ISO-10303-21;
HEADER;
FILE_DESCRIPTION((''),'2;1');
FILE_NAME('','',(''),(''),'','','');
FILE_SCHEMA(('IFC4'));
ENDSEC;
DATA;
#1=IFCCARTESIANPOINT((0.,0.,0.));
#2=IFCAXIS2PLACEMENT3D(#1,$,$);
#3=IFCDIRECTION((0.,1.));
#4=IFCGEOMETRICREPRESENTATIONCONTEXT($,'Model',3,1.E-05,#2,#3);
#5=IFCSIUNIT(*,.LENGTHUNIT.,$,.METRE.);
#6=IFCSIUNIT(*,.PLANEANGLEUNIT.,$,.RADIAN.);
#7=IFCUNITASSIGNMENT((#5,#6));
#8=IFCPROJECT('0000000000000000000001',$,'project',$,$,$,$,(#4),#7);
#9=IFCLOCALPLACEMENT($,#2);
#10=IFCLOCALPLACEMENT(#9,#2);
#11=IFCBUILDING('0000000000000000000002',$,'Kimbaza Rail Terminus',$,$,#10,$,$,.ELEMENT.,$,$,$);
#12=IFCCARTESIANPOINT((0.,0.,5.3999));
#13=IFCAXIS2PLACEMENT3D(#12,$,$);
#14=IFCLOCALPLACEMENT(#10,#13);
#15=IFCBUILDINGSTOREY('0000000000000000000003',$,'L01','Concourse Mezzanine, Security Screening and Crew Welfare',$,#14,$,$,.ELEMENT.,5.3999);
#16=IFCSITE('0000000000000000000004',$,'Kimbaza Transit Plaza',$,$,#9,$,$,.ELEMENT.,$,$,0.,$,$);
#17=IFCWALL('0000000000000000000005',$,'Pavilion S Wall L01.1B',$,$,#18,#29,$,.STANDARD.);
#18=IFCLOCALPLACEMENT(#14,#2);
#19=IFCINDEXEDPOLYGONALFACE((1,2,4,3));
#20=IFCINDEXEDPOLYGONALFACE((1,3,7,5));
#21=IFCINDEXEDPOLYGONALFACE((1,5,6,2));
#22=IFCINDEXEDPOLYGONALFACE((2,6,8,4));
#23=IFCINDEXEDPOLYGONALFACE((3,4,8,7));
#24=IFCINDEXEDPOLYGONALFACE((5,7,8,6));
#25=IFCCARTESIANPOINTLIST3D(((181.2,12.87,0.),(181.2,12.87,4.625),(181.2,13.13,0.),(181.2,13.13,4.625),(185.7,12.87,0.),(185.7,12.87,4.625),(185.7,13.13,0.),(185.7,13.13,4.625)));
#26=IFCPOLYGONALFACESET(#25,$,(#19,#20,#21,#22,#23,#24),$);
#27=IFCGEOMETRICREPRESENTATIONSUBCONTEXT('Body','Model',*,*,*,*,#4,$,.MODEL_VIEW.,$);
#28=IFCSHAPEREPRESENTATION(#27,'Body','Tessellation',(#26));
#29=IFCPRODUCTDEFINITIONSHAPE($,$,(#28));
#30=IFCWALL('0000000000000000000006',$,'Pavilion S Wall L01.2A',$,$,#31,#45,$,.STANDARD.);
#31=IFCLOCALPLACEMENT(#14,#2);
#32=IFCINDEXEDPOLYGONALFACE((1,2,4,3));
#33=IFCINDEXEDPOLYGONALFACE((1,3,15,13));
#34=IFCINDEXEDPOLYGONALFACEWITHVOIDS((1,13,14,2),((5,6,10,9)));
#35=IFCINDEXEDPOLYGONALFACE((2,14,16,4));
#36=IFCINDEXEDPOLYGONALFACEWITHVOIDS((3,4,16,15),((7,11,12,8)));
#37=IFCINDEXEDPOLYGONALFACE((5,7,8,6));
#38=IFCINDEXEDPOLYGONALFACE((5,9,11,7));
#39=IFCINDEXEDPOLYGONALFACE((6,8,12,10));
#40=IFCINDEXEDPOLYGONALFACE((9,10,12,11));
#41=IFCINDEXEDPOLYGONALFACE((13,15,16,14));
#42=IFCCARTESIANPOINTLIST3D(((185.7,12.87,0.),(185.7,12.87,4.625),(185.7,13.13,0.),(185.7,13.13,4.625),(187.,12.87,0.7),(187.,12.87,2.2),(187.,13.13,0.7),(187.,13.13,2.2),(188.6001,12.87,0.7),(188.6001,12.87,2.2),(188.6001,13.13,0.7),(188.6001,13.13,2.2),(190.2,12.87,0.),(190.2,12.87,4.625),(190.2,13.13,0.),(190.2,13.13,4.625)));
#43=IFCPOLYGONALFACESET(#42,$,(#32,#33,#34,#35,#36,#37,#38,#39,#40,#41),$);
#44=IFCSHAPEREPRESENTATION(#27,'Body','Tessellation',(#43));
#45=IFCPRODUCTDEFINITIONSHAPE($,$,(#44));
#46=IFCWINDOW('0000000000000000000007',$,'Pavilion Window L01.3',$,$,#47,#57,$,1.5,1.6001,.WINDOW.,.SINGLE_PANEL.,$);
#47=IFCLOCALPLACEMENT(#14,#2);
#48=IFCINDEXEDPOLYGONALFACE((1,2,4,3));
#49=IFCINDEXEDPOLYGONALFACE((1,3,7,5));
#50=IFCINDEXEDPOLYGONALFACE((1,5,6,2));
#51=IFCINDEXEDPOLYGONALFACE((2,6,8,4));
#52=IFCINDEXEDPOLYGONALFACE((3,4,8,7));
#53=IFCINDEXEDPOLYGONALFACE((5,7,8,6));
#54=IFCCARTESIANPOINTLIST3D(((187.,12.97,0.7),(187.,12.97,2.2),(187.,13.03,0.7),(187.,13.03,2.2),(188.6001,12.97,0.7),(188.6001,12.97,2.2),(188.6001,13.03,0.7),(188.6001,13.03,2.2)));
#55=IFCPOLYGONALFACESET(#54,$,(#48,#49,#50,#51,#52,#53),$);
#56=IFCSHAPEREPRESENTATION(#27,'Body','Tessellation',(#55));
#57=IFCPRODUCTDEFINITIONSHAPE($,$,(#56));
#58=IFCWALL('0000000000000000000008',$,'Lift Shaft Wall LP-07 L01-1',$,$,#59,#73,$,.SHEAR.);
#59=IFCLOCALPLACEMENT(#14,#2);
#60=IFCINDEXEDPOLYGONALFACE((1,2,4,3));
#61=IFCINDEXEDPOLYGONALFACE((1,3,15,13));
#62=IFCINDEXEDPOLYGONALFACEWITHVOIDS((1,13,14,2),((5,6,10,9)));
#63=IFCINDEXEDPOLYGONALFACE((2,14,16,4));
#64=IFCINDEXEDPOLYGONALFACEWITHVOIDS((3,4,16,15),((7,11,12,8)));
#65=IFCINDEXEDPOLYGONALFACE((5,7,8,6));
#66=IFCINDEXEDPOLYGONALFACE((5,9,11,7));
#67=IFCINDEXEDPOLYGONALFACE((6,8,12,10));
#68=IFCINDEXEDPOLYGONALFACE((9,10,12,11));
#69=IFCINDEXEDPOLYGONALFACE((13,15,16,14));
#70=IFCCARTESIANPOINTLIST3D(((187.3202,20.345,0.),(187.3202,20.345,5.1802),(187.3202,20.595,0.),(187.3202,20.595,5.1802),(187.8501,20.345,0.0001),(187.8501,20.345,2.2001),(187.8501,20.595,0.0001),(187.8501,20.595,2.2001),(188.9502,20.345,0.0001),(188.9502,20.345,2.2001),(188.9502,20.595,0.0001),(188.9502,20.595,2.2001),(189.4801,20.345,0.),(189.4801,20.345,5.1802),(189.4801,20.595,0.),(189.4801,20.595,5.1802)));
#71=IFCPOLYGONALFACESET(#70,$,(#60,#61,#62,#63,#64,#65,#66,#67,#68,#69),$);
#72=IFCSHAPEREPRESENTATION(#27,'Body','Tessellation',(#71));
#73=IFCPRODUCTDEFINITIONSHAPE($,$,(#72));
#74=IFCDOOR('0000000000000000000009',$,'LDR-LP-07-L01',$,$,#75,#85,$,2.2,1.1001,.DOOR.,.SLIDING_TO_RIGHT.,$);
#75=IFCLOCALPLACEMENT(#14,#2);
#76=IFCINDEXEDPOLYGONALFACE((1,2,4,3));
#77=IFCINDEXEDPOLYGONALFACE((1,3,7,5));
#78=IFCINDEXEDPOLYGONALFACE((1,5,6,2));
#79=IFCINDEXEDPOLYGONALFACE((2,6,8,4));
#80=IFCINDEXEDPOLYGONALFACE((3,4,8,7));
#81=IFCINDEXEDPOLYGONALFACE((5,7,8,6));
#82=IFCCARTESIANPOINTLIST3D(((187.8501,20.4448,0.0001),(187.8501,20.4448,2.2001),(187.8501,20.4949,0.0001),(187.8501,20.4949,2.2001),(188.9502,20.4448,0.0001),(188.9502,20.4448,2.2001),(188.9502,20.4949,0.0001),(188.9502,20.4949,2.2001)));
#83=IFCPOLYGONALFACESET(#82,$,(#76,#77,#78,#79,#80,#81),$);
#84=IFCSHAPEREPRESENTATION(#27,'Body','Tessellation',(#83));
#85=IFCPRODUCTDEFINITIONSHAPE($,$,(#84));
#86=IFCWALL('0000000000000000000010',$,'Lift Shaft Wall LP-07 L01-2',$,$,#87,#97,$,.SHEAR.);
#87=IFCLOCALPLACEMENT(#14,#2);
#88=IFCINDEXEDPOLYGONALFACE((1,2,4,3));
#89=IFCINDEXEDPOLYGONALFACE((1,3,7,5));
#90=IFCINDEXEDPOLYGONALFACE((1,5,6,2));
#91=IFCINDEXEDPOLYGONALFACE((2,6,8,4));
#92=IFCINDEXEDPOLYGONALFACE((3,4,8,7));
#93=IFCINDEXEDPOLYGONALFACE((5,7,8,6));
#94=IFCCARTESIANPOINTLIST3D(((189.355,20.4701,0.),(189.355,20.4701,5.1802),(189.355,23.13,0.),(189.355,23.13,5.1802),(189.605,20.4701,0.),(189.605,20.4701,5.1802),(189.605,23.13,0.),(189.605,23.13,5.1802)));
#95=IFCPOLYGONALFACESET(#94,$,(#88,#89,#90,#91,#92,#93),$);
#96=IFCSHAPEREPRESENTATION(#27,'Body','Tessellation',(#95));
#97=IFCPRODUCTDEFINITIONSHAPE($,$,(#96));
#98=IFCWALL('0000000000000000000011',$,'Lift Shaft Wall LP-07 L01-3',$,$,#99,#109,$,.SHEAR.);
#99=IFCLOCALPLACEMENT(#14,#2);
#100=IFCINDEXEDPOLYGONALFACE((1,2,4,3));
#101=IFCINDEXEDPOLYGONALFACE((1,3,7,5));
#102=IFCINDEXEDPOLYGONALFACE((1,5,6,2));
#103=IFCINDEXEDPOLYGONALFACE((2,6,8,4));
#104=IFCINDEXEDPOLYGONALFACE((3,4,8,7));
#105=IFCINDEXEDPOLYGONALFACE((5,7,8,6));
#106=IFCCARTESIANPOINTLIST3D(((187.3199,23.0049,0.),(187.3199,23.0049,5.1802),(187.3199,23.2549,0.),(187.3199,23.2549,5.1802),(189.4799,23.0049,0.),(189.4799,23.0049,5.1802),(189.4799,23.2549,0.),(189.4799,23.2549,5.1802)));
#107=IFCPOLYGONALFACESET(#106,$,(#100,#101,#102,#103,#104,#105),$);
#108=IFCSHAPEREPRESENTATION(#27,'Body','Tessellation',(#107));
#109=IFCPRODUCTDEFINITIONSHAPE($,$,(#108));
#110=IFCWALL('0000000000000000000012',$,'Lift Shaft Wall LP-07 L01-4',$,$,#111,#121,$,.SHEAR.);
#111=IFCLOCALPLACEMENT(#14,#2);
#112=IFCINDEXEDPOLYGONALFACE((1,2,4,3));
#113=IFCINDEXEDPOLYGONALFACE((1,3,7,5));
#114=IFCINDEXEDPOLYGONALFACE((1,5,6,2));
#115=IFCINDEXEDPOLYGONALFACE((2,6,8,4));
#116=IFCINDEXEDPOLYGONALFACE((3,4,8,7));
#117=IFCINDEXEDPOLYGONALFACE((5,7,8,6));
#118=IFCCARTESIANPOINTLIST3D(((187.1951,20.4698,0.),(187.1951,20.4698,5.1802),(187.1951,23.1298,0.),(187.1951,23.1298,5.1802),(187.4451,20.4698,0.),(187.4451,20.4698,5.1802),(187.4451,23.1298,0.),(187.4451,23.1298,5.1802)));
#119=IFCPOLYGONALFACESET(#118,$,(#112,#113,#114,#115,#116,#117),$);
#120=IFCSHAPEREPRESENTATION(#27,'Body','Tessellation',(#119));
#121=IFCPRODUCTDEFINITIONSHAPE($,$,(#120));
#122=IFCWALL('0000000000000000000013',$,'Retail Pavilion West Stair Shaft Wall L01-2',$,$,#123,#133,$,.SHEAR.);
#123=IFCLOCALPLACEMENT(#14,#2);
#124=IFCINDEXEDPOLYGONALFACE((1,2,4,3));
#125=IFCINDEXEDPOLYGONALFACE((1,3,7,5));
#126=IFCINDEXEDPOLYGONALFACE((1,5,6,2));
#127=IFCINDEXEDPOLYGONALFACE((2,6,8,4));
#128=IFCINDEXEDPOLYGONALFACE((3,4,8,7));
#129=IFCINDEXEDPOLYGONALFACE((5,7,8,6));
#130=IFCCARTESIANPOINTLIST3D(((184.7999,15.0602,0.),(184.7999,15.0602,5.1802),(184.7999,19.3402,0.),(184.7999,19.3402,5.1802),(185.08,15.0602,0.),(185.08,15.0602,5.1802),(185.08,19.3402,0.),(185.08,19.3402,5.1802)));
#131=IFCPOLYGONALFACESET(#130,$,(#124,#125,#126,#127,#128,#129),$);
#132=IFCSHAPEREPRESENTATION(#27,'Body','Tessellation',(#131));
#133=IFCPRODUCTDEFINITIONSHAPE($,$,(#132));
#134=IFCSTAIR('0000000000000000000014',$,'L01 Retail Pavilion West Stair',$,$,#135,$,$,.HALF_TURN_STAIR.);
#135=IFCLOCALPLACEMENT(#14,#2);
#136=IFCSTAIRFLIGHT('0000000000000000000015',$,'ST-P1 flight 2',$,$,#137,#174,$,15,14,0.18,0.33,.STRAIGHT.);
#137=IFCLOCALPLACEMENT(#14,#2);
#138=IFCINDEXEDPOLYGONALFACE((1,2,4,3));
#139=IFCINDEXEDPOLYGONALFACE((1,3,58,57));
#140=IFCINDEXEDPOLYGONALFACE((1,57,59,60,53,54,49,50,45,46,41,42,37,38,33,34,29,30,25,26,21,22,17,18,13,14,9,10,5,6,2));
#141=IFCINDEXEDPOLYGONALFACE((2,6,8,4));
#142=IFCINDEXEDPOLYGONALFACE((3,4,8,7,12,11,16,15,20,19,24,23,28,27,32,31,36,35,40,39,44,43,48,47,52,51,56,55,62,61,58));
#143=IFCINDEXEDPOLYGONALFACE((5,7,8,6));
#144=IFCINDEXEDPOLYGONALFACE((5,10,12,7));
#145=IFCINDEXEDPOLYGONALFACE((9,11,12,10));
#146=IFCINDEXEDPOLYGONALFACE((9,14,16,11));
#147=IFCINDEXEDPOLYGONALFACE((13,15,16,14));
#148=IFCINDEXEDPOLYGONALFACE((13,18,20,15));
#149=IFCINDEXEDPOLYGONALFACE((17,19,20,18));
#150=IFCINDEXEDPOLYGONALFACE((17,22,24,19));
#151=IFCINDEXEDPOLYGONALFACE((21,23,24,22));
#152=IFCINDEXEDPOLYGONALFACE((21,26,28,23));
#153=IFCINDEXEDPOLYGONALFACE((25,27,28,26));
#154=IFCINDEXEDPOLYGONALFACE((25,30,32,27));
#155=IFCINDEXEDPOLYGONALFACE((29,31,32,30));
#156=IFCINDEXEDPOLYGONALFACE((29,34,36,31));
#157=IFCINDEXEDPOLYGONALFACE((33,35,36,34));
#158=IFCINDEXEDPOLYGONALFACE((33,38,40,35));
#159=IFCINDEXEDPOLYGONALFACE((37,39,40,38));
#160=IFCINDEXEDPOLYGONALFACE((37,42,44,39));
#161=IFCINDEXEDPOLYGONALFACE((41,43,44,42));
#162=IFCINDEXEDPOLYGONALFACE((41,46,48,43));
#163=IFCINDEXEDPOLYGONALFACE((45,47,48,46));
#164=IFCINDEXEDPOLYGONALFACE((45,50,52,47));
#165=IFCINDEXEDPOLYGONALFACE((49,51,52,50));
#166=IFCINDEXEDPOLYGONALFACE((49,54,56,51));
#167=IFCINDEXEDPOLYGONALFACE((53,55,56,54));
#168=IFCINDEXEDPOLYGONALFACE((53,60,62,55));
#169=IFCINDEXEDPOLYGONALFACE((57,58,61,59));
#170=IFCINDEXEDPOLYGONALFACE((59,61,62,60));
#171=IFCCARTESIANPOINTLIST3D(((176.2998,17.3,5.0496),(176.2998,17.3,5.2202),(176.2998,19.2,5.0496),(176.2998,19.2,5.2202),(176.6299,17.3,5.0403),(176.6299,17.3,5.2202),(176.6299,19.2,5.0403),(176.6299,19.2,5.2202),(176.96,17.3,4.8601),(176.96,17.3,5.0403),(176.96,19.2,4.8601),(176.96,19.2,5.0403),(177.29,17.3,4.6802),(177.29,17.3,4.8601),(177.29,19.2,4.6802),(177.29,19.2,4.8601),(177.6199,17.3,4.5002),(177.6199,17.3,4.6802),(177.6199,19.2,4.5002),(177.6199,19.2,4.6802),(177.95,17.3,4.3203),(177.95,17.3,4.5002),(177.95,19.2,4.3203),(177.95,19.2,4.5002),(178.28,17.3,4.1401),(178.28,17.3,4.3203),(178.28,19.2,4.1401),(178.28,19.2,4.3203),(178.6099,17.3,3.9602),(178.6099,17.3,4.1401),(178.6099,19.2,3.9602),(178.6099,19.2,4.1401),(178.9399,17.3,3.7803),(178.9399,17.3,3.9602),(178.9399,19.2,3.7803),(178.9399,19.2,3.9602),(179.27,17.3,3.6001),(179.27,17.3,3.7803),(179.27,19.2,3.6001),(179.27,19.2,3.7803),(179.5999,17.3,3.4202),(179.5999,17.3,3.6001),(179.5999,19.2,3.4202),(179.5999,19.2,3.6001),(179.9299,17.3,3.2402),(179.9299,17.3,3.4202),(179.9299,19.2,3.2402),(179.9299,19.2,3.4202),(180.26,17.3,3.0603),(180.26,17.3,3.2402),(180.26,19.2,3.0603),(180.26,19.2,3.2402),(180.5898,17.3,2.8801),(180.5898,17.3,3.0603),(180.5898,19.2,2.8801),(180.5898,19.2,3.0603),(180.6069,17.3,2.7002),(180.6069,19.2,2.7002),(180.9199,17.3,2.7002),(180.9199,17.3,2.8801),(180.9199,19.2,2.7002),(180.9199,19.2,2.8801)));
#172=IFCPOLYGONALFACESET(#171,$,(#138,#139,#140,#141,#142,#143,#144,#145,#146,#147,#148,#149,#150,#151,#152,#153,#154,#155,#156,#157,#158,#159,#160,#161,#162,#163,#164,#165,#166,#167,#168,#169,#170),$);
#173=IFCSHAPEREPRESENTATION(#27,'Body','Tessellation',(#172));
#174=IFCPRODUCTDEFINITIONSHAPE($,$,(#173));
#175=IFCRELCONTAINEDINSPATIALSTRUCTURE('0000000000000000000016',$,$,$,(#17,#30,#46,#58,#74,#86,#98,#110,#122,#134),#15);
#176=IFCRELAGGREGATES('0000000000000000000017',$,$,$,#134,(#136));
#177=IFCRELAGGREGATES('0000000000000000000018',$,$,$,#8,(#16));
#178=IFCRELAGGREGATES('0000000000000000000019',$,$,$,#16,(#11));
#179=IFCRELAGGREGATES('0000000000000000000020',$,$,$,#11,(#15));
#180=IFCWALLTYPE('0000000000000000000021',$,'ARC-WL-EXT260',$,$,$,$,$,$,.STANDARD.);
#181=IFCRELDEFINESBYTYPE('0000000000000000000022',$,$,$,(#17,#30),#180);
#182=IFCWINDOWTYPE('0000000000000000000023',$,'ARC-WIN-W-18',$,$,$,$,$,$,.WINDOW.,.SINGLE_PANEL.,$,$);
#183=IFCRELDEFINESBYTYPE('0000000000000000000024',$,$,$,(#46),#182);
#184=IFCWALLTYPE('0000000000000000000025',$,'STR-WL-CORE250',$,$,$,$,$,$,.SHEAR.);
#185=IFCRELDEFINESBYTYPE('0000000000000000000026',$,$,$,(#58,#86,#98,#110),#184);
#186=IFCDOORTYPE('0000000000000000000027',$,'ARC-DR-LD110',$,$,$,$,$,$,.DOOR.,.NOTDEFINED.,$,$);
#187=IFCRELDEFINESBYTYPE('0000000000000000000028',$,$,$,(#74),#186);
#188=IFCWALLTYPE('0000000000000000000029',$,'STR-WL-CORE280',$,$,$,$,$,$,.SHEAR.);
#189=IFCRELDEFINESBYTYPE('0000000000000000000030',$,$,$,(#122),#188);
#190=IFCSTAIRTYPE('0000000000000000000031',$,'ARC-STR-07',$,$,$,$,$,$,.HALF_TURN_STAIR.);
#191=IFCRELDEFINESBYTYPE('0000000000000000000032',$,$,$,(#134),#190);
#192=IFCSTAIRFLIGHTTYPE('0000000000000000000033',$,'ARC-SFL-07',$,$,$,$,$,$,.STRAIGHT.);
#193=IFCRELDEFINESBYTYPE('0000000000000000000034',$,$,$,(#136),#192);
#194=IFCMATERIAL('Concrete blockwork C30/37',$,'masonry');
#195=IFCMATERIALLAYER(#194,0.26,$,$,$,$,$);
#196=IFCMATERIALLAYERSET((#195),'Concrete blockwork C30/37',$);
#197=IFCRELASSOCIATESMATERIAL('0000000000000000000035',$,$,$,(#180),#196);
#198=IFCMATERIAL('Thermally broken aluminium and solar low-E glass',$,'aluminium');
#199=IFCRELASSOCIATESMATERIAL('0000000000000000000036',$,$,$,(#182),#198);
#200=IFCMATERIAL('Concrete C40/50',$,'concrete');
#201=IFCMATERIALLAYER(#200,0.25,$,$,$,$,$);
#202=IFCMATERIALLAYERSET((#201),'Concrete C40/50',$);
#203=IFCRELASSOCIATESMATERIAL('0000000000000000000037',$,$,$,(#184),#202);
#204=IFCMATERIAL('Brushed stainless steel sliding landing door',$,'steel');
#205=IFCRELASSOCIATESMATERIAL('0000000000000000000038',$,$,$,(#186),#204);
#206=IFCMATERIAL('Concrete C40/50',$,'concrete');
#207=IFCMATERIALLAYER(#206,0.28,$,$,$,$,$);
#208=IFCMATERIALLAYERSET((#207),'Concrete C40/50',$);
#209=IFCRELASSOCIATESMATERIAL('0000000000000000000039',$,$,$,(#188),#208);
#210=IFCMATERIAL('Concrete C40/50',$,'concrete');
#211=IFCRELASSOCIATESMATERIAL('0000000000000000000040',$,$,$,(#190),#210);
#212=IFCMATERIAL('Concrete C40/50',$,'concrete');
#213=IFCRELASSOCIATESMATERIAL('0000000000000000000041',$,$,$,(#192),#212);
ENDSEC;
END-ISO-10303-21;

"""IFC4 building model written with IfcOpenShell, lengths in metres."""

from ifc_helpers import new_model, si_unit, direction, frame, frame_2d, origin, place, context, subcontext, project, spatial, polyline, rectangle, outline, extrude, material, layer, layer_set, type_object, element, fill, aggregate, save


model = new_model("IFC4")

# Units and contexts
model_context = context("Model", 3, precision=1e-05, world=origin(), true_north=direction((0.0, 1.0)))
body_context = subcontext(model_context, "Body", "Model", "MODEL_VIEW")
ifc_project = project(units=[si_unit("LENGTHUNIT", "METRE"), si_unit("PLANEANGLEUNIT", "RADIAN")], contexts=[model_context])

# Site, building, storey
site_placement = place(None, origin())
site = spatial("IfcSite", under=ifc_project, at=site_placement, Name="Kimbaza Transit Plaza", CompositionType="ELEMENT", RefElevation=0.0)
building_placement = place(site_placement, origin())
building = spatial("IfcBuilding", under=site, at=building_placement, Name="Kimbaza Rail Terminus", CompositionType="ELEMENT")
storey_placement = place(building_placement, frame((0.0, 0.0, 5.3999)))
storey = spatial("IfcBuildingStorey", under=building, at=storey_placement, Name="L01", Description="Concourse Mezzanine, Security Screening and Crew Welfare", CompositionType="ELEMENT", Elevation=5.3999)

# Wall
ifc_material_1 = material(Name="Concrete blockwork C30/37", Category="masonry")
ifc_layer_1 = layer(ifc_material_1, 0.26)
ifc_layer_set_1 = layer_set([ifc_layer_1], Name="Concrete blockwork C30/37")
wall_type_1 = type_object("IfcWallType", Name="ARC-WL-EXT260", PredefinedType="STANDARD", material=ifc_layer_set_1)
wall_1_placement = place(storey_placement, frame((181.2, 13.0, 0.0), z_axis=(0.0, 0.0, 1.0), x_axis=(1.0, 0.0, 0.0)))
element("IfcWall", 1, at=wall_1_placement, inside=storey, type_object=wall_type_1, Name="Pavilion S Wall L01.1B", PredefinedType="STANDARD", context=body_context, shape_type="SweptSolid", body=[
    extrude(rectangle(XDim=4.5, YDim=0.26, at=frame_2d((2.25, 0.0))), origin(), (0.0, 0.0, 1.0), 4.625),
])

# Wall, opening, window
wall_2_placement = place(storey_placement, frame((185.7, 13.0, 0.0), z_axis=(0.0, 0.0, 1.0), x_axis=(1.0, 0.0, 0.0)))
wall_2 = element("IfcWall", 2, at=wall_2_placement, inside=storey, type_object=wall_type_1, Name="Pavilion S Wall L01.2A", PredefinedType="STANDARD", context=body_context, shape_type="SweptSolid", body=[
    extrude(rectangle(XDim=4.5, YDim=0.26, at=frame_2d((2.25, 0.0))), origin(), (0.0, 0.0, 1.0), 4.625),
])
opening_1_placement = place(wall_2_placement, frame((1.3, 0.0, 0.7)))
opening_1 = element("IfcOpeningElement", 3, at=opening_1_placement, cuts=wall_2, PredefinedType="OPENING", context=body_context, shape_type="SweptSolid", body=[
    extrude(rectangle(XDim=1.6001, YDim=1.5, at=frame_2d((0.8, 0.75))), frame((0.0, 0.1399, 0.0), z_axis=(0.0, -1.0, 0.0), x_axis=(1.0, 0.0, 0.0)), (0.0, 0.0, 1.0), 0.28),
])
ifc_material_2 = material(Name="Thermally broken aluminium and solar low-E glass", Category="aluminium")
window_type = type_object("IfcWindowType", Name="ARC-WIN-W-18", PartitioningType="SINGLE_PANEL", PredefinedType="WINDOW", material=ifc_material_2)
window_placement = place(opening_1_placement, origin())
window = element("IfcWindow", 4, at=window_placement, inside=storey, type_object=window_type, Name="Pavilion Window L01.3", OverallHeight=1.5, OverallWidth=1.6001, PartitioningType="SINGLE_PANEL", PredefinedType="WINDOW", context=body_context, shape_type="SweptSolid", body=[
    extrude(rectangle(XDim=1.6001, YDim=1.5, at=frame_2d((0.8, 0.75))), frame((0.0, 0.03, 0.0), z_axis=(0.0, -1.0, 0.0), x_axis=(1.0, 0.0, 0.0)), (0.0, 0.0, 1.0), 0.0601),
])
fill(opening_1, window)

# Wall, opening, door
ifc_material_3 = material(Name="Concrete C40/50", Category="concrete")
ifc_layer_2 = layer(ifc_material_3, 0.25)
ifc_layer_set_2 = layer_set([ifc_layer_2], Name="Concrete C40/50")
wall_type_2 = type_object("IfcWallType", Name="STR-WL-CORE250", PredefinedType="SHEAR", material=ifc_layer_set_2)
wall_3_placement = place(storey_placement, frame((187.3201, 20.47, 0.0), z_axis=(0.0, 0.0, 1.0), x_axis=(1.0, 0.0, 0.0)))
wall_3 = element("IfcWall", 5, at=wall_3_placement, inside=storey, type_object=wall_type_2, Name="Lift Shaft Wall LP-07 L01-1", PredefinedType="SHEAR", context=body_context, shape_type="SweptSolid", body=[
    extrude(rectangle(XDim=2.1599, YDim=0.25, at=frame_2d((1.0801, 0.0))), origin(), (0.0, 0.0, 1.0), 5.1802),
])
opening_2_placement = place(wall_3_placement, frame((0.53, 0.0, 0.0)))
opening_2 = element("IfcOpeningElement", 6, at=opening_2_placement, cuts=wall_3, PredefinedType="OPENING", context=body_context, shape_type="SweptSolid", body=[
    extrude(rectangle(XDim=1.1001, YDim=2.2, at=frame_2d((0.55, 1.1001))), frame((0.0, 0.135, 0.0), z_axis=(0.0, -1.0, 0.0), x_axis=(1.0, 0.0, 0.0)), (0.0, 0.0, 1.0), 0.27),
])
ifc_material_4 = material(Name="Brushed stainless steel sliding landing door", Category="steel")
door_type = type_object("IfcDoorType", Name="ARC-DR-LD110", OperationType="NOTDEFINED", PredefinedType="DOOR", material=ifc_material_4)
door_placement = place(opening_2_placement, origin())
door = element("IfcDoor", 7, at=door_placement, inside=storey, type_object=door_type, Name="LDR-LP-07-L01", OperationType="SLIDING_TO_RIGHT", OverallHeight=2.2, OverallWidth=1.1001, PredefinedType="DOOR", context=body_context, shape_type="SweptSolid", body=[
    extrude(rectangle(XDim=1.1001, YDim=2.2, at=frame_2d((0.55, 1.1001))), frame((0.0, 0.0249, 0.0), z_axis=(0.0, -1.0, 0.0), x_axis=(1.0, 0.0, 0.0)), (0.0, 0.0, 1.0), 0.05),
])
fill(opening_2, door)

# Walls
wall_4_placement = place(storey_placement, frame((189.48, 20.47, 0.0), z_axis=(0.0, 0.0, 1.0), x_axis=(0.0, 1.0, 0.0)))
element("IfcWall", 8, at=wall_4_placement, inside=storey, type_object=wall_type_2, Name="Lift Shaft Wall LP-07 L01-2", PredefinedType="SHEAR", context=body_context, shape_type="SweptSolid", body=[
    extrude(rectangle(XDim=2.6599, YDim=0.25, at=frame_2d((1.3301, 0.0))), origin(), (0.0, 0.0, 1.0), 5.1802),
])
wall_5_placement = place(storey_placement, frame((189.48, 23.1299, 0.0), z_axis=(0.0, 0.0, 1.0), x_axis=(-1.0, 0.0, 0.0)))
element("IfcWall", 9, at=wall_5_placement, inside=storey, type_object=wall_type_2, Name="Lift Shaft Wall LP-07 L01-3", PredefinedType="SHEAR", context=body_context, shape_type="SweptSolid", body=[
    extrude(rectangle(XDim=2.1599, YDim=0.25, at=frame_2d((1.0801, 0.0))), origin(), (0.0, 0.0, 1.0), 5.1802),
])
wall_6_placement = place(storey_placement, frame((187.3201, 23.1299, 0.0), z_axis=(0.0, 0.0, 1.0), x_axis=(0.0, -1.0, 0.0)))
element("IfcWall", 10, at=wall_6_placement, inside=storey, type_object=wall_type_2, Name="Lift Shaft Wall LP-07 L01-4", PredefinedType="SHEAR", context=body_context, shape_type="SweptSolid", body=[
    extrude(rectangle(XDim=2.6599, YDim=0.25, at=frame_2d((1.3301, 0.0))), origin(), (0.0, 0.0, 1.0), 5.1802),
])
ifc_material_5 = material(Name="Concrete C40/50", Category="concrete")
ifc_layer_3 = layer(ifc_material_5, 0.28)
ifc_layer_set_3 = layer_set([ifc_layer_3], Name="Concrete C40/50")
wall_type_3 = type_object("IfcWallType", Name="STR-WL-CORE280", PredefinedType="SHEAR", material=ifc_layer_set_3)
wall_7_placement = place(storey_placement, frame((184.9399, 15.0601, 0.0), z_axis=(0.0, 0.0, 1.0), x_axis=(0.0, 1.0, 0.0)))
element("IfcWall", 11, at=wall_7_placement, inside=storey, type_object=wall_type_3, Name="Retail Pavilion West Stair Shaft Wall L01-2", PredefinedType="SHEAR", context=body_context, shape_type="SweptSolid", body=[
    extrude(rectangle(XDim=4.28, YDim=0.28, at=frame_2d((2.1401, 0.0))), origin(), (0.0, 0.0, 1.0), 5.1802),
])

# Stair, stair flight
ifc_material_6 = material(Name="Concrete C40/50", Category="concrete")
stair_type = type_object("IfcStairType", Name="ARC-STR-07", PredefinedType="HALF_TURN_STAIR", material=ifc_material_6)
stair_placement = place(storey_placement, origin())
stair = element("IfcStair", 12, at=stair_placement, inside=storey, type_object=stair_type, Name="L01 Retail Pavilion West Stair", PredefinedType="HALF_TURN_STAIR")
ifc_material_7 = material(Name="Concrete C40/50", Category="concrete")
stair_flight_type = type_object("IfcStairFlightType", Name="ARC-SFL-07", PredefinedType="STRAIGHT", material=ifc_material_7)
stair_flight_placement = place(storey_placement, frame((180.9199, 18.25, 2.7002), z_axis=(0.0, 0.0, 1.0), x_axis=(-1.0, 0.0, 0.0)))
stair_flight = element("IfcStairFlight", 13, at=stair_flight_placement, type_object=stair_flight_type, Name="ST-P1 flight 2", NumberOfRisers=15, NumberOfTreads=14, PredefinedType="STRAIGHT", RiserHeight=0.18, TreadLength=0.33, context=body_context, shape_type="SweptSolid", body=[
    extrude(outline(polyline([(0.0, 0.0), (0.0, 0.1799), (0.3301, 0.1799), (0.3301, 0.3601), (0.6599, 0.3601), (0.6599, 0.54), (0.99, 0.54), (0.99, 0.72), (1.3201, 0.72), (1.3201, 0.8999), (1.6499, 0.8999), (1.6499, 1.0801), (1.98, 1.0801), (1.98, 1.26), (2.3101, 1.26), (2.3101, 1.4399), (2.6399, 1.4399), (2.6399, 1.6201), (2.97, 1.6201), (2.97, 1.8), (3.3, 1.8), (3.3, 1.98), (3.6299, 1.98), (3.6299, 2.1599), (3.96, 2.1599), (3.96, 2.3401), (4.29, 2.3401), (4.29, 2.52), (4.6201, 2.52), (4.6201, 2.7), (4.6201, 2.3494), (0.313, 0.0), (0.0, 0.0)])), frame((0.0, 0.95, 0.0), z_axis=(0.0, -1.0, 0.0), x_axis=(1.0, 0.0, 0.0)), (0.0, 0.0, 1.0), 1.8999),
])
aggregate(stair, [stair_flight])

save(model, "model.ifc")
